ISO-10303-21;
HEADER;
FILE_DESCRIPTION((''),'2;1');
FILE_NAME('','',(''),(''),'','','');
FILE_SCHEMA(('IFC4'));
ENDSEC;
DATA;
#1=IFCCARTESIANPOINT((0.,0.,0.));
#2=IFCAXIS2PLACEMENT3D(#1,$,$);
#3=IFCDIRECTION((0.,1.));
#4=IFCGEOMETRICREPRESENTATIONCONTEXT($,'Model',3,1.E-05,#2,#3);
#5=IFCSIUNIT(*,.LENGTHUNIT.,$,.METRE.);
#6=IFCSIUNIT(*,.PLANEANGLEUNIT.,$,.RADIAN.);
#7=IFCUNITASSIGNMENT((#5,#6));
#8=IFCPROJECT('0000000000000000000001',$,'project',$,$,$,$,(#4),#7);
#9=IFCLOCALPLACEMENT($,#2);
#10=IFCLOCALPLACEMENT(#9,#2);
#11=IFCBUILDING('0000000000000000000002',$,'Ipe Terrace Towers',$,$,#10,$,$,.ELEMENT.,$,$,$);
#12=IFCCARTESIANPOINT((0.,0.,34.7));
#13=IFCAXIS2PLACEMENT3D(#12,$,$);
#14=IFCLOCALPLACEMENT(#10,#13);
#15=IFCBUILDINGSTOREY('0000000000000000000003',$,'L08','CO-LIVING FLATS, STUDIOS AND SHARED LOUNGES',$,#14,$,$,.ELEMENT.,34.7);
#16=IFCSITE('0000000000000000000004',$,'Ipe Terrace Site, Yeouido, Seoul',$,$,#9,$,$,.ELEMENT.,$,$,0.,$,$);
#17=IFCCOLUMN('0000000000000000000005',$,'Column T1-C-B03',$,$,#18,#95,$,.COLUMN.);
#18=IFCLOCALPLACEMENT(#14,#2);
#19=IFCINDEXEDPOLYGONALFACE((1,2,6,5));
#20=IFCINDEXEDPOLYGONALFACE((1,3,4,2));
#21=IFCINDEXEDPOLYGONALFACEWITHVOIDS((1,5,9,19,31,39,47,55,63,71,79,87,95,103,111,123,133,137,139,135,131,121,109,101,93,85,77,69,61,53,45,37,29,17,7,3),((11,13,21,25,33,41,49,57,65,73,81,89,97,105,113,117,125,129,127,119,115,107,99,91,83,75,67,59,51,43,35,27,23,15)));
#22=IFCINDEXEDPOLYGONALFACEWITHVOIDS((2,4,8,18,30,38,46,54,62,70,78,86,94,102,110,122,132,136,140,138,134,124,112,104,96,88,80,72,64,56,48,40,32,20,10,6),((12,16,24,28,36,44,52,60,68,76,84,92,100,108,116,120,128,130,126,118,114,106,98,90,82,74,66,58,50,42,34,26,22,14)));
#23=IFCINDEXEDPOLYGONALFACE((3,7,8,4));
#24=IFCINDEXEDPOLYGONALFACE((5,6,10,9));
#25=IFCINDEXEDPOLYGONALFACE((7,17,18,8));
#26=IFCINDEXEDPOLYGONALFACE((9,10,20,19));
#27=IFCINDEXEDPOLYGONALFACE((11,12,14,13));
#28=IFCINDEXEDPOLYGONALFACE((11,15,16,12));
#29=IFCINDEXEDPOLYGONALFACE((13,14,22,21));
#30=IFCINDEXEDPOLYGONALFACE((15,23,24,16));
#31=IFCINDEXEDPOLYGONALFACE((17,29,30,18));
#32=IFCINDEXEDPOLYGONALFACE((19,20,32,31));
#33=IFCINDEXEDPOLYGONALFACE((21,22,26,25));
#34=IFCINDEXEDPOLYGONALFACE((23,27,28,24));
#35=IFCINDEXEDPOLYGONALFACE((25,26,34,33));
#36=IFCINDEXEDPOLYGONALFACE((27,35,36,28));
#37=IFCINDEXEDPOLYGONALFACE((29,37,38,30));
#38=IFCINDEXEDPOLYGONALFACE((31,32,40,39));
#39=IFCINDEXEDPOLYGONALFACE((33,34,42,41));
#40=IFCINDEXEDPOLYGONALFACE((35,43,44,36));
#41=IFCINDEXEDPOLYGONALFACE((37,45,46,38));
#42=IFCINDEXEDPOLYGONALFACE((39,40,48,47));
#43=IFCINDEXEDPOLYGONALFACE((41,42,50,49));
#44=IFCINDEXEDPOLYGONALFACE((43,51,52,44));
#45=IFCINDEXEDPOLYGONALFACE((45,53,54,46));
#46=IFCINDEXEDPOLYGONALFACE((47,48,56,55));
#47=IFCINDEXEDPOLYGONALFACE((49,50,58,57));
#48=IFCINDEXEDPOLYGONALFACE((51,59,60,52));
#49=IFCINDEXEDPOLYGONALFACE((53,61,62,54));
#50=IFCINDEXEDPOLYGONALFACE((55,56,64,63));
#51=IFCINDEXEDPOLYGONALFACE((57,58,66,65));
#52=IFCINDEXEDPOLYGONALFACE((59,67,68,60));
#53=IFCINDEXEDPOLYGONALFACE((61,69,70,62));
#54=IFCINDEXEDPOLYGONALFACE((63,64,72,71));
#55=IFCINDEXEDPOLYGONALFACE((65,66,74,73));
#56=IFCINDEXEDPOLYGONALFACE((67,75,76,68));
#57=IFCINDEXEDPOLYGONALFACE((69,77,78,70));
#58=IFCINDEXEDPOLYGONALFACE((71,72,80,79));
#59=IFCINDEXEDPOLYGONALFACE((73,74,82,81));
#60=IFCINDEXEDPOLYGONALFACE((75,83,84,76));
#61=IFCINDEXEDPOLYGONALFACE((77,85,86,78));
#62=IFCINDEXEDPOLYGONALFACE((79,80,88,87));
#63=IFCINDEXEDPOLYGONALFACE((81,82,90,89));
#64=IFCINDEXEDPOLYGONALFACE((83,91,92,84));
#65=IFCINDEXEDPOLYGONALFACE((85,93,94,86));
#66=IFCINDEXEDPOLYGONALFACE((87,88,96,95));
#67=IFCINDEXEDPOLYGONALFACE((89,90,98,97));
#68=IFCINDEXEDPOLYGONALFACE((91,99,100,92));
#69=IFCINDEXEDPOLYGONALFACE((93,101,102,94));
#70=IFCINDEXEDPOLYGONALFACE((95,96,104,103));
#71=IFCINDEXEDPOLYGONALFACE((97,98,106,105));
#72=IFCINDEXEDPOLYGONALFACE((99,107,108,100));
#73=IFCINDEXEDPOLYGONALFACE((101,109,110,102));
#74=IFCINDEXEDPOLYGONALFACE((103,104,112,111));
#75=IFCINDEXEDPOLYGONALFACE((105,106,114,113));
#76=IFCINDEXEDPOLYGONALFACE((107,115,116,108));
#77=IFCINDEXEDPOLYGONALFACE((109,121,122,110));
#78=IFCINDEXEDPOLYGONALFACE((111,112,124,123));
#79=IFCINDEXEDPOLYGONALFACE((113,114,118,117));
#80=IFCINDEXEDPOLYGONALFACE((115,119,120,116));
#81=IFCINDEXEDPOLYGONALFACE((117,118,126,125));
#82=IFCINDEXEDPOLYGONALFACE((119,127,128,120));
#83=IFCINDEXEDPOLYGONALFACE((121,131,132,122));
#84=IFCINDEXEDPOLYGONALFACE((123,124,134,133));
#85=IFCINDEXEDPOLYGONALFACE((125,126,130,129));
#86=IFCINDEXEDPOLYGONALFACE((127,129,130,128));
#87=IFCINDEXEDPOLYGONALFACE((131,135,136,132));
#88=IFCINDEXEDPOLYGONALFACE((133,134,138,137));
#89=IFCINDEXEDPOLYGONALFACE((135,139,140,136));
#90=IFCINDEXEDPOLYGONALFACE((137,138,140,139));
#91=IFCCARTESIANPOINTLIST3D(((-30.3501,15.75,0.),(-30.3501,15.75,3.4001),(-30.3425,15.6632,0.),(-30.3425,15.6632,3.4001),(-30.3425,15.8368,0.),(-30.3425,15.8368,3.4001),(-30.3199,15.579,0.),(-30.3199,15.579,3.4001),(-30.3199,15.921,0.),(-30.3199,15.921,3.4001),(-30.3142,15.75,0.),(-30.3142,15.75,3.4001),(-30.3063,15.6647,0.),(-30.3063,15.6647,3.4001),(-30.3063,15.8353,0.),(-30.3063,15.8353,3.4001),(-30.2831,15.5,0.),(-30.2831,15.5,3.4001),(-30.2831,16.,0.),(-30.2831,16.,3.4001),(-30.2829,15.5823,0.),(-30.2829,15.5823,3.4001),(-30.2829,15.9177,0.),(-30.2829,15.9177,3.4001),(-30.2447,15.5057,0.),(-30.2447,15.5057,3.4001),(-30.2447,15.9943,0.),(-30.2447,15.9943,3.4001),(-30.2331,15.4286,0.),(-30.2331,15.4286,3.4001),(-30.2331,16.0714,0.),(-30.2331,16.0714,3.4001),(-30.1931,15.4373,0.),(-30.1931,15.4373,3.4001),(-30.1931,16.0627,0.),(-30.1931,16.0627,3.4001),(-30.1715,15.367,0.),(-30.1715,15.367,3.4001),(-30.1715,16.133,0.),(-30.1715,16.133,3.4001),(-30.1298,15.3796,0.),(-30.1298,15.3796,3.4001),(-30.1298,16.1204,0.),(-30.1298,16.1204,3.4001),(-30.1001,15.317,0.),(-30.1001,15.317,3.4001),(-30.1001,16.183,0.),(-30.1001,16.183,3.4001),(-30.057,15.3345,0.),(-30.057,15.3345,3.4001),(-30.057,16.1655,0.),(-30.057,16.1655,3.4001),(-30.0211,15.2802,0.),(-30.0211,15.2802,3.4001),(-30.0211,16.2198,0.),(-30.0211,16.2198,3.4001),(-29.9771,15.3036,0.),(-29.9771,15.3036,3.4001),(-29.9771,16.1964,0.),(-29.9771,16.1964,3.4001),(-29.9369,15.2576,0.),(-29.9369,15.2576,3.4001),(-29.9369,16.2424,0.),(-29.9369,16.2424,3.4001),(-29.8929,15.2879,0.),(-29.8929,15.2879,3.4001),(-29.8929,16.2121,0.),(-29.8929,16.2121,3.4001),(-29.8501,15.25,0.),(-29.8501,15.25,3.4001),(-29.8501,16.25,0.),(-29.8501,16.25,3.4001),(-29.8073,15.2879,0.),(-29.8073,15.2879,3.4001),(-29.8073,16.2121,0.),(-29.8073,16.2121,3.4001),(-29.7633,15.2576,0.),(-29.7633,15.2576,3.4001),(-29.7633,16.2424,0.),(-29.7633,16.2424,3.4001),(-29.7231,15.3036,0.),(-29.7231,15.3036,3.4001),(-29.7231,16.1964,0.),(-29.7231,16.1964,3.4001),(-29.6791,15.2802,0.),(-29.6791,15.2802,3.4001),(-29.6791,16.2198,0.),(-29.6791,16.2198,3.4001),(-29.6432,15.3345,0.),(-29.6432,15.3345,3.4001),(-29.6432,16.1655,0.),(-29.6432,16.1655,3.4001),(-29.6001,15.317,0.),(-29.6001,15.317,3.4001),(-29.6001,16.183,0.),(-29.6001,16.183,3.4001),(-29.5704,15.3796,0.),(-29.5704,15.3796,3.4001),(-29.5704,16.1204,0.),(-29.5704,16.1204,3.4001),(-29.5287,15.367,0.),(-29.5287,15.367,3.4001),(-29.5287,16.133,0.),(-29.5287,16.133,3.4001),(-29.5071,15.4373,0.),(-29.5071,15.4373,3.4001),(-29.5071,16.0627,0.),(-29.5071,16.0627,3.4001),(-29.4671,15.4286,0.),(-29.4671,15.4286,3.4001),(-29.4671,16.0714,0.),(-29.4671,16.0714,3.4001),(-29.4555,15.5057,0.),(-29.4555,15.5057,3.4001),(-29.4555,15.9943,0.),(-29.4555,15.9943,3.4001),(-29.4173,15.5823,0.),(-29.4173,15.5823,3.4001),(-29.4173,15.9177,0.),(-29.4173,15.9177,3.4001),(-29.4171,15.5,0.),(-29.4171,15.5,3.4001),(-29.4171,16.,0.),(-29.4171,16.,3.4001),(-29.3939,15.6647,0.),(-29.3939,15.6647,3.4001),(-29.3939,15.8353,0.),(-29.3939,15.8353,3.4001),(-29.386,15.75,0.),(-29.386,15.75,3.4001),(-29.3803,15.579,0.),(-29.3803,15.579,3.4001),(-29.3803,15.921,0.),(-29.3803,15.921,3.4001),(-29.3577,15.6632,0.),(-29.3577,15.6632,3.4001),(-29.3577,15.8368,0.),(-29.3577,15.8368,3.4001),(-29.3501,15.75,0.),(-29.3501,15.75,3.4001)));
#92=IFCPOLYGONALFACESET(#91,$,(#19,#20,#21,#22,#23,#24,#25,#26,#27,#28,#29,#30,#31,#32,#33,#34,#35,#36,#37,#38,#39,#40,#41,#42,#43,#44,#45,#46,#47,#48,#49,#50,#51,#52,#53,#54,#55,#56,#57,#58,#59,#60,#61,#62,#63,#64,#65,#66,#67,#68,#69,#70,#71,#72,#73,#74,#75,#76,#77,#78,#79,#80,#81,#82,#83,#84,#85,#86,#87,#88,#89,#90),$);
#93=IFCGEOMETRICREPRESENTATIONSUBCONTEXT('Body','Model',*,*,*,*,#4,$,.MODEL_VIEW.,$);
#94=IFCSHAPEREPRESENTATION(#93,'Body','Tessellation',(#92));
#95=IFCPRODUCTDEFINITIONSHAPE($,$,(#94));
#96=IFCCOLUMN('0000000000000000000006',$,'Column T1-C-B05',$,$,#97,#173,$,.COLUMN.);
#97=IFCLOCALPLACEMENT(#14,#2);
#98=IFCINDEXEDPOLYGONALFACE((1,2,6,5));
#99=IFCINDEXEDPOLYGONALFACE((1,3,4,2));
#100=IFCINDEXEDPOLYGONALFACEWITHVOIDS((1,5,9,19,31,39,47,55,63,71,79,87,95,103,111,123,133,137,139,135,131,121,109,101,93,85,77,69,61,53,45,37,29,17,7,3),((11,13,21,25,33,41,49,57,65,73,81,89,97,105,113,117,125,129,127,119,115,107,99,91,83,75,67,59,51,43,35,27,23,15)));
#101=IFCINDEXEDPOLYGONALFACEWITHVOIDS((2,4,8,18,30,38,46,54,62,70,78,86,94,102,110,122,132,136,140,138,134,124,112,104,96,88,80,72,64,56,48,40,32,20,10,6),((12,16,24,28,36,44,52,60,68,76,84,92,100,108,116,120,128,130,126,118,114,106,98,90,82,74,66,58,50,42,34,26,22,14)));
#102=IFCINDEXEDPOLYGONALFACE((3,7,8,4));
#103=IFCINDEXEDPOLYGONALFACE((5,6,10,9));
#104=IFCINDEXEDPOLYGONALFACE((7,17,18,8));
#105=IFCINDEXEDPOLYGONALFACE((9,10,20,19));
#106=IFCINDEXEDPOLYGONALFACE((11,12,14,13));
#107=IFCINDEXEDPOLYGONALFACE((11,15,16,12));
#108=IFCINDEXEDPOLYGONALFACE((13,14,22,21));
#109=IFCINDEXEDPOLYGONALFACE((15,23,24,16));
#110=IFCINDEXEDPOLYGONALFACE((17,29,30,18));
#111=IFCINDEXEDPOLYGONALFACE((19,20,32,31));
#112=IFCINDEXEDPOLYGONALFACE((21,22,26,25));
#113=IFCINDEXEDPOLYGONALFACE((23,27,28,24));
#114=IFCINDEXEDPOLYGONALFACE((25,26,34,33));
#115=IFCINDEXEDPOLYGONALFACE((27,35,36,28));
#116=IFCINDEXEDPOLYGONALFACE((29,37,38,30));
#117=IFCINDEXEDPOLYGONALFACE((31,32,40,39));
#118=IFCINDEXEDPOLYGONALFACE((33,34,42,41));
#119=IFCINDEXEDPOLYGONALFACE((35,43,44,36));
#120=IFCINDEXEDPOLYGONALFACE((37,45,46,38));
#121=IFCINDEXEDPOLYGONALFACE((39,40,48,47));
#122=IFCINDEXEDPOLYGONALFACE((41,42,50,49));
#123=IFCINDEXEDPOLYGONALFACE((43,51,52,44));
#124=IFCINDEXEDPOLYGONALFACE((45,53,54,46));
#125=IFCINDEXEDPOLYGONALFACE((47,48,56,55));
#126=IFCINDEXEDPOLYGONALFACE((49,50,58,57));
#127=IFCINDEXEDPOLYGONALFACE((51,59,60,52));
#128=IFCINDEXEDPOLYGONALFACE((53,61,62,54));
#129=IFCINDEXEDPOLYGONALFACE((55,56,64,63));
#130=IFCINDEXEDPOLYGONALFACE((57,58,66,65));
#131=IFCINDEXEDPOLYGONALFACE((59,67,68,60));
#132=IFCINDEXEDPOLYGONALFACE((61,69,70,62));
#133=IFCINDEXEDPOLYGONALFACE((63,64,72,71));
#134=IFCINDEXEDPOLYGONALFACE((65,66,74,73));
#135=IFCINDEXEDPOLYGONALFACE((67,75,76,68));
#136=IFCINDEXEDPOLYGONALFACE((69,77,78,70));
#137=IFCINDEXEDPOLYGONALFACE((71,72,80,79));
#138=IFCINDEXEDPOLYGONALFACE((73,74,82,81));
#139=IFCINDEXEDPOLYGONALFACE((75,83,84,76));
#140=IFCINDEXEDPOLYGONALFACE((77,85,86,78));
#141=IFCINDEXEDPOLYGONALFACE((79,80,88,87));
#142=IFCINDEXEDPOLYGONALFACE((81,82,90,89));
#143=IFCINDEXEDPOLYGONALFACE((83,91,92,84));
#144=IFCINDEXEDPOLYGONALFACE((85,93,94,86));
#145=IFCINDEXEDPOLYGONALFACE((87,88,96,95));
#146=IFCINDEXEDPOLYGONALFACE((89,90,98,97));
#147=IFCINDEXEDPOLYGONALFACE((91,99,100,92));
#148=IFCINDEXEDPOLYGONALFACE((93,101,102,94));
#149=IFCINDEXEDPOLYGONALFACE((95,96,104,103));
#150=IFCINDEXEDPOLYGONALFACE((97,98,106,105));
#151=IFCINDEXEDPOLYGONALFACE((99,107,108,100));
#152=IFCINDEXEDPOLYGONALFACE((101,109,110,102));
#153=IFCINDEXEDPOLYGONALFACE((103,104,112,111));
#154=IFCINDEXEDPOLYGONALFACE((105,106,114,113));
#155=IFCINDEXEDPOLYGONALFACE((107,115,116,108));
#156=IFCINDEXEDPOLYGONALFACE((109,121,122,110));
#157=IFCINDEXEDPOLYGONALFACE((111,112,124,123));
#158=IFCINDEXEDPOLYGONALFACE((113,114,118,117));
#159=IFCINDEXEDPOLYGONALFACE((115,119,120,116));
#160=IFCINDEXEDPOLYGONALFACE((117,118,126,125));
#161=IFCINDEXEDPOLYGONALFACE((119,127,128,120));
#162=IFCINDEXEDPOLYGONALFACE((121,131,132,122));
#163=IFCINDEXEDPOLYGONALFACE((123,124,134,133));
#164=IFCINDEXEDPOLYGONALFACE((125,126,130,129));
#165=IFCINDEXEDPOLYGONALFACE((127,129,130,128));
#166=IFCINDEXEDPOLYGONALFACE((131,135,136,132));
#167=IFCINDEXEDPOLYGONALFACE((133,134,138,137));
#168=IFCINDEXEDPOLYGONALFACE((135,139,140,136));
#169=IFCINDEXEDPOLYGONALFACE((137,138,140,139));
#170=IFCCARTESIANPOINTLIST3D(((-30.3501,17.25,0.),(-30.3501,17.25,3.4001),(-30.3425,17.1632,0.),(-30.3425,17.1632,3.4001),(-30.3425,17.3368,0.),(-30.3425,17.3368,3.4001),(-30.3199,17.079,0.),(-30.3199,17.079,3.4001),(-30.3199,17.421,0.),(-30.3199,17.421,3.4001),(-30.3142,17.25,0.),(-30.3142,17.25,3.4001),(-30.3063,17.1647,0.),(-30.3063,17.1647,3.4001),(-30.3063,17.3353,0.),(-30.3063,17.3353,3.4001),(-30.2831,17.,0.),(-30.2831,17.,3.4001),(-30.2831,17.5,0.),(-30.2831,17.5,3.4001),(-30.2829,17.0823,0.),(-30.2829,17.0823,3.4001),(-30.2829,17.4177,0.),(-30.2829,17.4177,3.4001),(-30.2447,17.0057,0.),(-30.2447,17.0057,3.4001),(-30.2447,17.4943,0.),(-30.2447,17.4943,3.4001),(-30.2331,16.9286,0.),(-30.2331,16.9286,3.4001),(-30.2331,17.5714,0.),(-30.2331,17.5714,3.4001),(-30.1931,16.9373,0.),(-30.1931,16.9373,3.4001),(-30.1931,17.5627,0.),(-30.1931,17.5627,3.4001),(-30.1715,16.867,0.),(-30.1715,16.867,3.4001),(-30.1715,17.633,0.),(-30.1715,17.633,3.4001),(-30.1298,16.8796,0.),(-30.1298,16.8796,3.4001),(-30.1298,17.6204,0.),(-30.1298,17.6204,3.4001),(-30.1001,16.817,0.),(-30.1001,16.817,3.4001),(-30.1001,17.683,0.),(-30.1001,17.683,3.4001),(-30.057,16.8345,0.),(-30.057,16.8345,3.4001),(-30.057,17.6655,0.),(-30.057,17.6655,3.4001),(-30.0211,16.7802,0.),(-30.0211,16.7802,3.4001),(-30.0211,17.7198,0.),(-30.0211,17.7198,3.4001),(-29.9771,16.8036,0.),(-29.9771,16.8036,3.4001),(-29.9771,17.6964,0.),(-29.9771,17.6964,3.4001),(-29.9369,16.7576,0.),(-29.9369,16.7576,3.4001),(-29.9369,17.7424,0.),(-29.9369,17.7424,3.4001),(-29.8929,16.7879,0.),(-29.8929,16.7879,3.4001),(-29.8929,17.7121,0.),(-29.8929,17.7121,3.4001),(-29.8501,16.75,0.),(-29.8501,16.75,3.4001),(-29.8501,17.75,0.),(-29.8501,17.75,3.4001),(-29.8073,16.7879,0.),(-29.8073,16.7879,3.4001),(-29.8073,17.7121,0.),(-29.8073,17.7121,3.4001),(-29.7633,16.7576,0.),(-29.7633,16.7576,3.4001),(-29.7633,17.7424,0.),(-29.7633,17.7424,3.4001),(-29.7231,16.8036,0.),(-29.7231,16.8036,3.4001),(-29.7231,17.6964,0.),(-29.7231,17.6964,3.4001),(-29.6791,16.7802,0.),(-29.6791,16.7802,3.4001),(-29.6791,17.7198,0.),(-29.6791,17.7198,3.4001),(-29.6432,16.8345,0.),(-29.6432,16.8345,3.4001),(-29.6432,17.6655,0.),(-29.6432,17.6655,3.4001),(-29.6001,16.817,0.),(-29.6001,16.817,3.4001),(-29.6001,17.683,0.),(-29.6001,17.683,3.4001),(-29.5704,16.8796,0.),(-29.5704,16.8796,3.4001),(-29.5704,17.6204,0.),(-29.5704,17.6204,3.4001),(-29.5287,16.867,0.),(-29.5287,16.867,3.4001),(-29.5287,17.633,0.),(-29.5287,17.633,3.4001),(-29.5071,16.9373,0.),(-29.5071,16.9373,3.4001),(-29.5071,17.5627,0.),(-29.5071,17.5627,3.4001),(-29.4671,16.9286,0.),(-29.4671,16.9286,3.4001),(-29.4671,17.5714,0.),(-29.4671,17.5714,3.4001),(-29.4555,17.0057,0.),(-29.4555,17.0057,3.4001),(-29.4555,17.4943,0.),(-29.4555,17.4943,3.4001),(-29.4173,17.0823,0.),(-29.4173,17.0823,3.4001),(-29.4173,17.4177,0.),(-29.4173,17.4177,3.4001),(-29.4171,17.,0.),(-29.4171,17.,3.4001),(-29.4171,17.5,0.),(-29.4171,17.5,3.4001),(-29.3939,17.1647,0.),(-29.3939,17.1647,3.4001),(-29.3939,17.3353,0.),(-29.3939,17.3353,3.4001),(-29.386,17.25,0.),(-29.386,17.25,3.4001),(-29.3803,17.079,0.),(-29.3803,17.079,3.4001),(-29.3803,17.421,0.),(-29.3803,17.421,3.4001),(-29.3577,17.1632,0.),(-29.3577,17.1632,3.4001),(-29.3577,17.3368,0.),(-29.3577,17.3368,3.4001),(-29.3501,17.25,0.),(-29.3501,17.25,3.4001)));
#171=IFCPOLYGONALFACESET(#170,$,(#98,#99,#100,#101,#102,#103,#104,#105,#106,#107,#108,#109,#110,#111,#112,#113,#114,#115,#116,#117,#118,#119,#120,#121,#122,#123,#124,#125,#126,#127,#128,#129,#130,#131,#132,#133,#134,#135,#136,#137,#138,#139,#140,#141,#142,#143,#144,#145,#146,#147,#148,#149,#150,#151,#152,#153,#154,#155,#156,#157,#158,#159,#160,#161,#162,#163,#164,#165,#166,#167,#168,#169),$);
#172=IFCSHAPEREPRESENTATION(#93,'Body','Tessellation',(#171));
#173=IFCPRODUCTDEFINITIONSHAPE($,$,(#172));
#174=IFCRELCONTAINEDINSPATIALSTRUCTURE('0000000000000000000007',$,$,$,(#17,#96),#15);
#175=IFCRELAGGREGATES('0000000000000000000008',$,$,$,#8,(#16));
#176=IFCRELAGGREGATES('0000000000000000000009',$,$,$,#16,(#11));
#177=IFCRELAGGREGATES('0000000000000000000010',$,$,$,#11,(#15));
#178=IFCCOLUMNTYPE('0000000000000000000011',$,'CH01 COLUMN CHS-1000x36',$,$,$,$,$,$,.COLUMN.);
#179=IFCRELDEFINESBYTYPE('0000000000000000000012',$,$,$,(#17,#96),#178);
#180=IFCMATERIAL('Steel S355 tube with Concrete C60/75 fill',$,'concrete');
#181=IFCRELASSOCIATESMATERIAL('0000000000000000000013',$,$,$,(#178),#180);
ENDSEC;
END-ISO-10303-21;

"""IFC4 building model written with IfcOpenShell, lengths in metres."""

from ifc_helpers import new_model, si_unit, direction, frame, origin, origin_2d, place, context, subcontext, project, spatial, hollow_circle, extrude, material, material_profile, profile_set, type_object, element, save


model = new_model("IFC4")

# Units and contexts
model_context = context("Model", 3, precision=1e-05, world=origin(), true_north=direction((0.0, 1.0)))
body_context = subcontext(model_context, "Body", "Model", "MODEL_VIEW")
ifc_project = project(units=[si_unit("LENGTHUNIT", "METRE"), si_unit("PLANEANGLEUNIT", "RADIAN")], contexts=[model_context])

# Site, building, storey
site_placement = place(None, origin())
site = spatial("IfcSite", under=ifc_project, at=site_placement, Name="Ipe Terrace Site, Yeouido, Seoul", CompositionType="ELEMENT", RefElevation=0.0)
building_placement = place(site_placement, origin())
building = spatial("IfcBuilding", under=site, at=building_placement, Name="Ipe Terrace Towers", CompositionType="ELEMENT")
storey_placement = place(building_placement, frame((0.0, 0.0, 34.7)))
storey = spatial("IfcBuildingStorey", under=building, at=storey_placement, Name="L08", Description="CO-LIVING FLATS, STUDIOS AND SHARED LOUNGES", CompositionType="ELEMENT", Elevation=34.7)

# Columns
ifc_material_1 = material(Name="Steel S355 tube with Concrete C60/75 fill", Category="concrete")
ifc_material_profile_1 = material_profile(ifc_material_1, hollow_circle(Radius=0.5, WallThickness=0.0359, at=origin_2d()), Name="CHS-1000x36")
ifc_profile_set_1 = profile_set([ifc_material_profile_1], Name="Steel S355 tube with Concrete C60/75 fill")
column_type_1 = type_object("IfcColumnType", Name="CH01 COLUMN CHS-1000x36", PredefinedType="COLUMN", material=ifc_profile_set_1)
for number, where, z_axis, x_axis, name in (
    (1, (-29.8501, 15.75, 0.0), (0.0, 0.0, 1.0), (1.0, 0.0, 0.0), "Column T1-C-B03"),
    (2, (-29.8501, 17.25, 0.0), (0.0, 0.0, 1.0), (1.0, 0.0, 0.0), "Column T1-C-B05"),
):
    element("IfcColumn", number, at=place(storey_placement, frame(where, z_axis=z_axis, x_axis=x_axis)), inside=storey, type_object=column_type_1, Name=name, PredefinedType="COLUMN", context=body_context, shape_type="SweptSolid", body=[
        extrude(hollow_circle(Radius=0.5, WallThickness=0.0359, at=origin_2d()), origin(), (0.0, 0.0, 1.0), 3.4001),
    ])

save(model, "model.ifc")
